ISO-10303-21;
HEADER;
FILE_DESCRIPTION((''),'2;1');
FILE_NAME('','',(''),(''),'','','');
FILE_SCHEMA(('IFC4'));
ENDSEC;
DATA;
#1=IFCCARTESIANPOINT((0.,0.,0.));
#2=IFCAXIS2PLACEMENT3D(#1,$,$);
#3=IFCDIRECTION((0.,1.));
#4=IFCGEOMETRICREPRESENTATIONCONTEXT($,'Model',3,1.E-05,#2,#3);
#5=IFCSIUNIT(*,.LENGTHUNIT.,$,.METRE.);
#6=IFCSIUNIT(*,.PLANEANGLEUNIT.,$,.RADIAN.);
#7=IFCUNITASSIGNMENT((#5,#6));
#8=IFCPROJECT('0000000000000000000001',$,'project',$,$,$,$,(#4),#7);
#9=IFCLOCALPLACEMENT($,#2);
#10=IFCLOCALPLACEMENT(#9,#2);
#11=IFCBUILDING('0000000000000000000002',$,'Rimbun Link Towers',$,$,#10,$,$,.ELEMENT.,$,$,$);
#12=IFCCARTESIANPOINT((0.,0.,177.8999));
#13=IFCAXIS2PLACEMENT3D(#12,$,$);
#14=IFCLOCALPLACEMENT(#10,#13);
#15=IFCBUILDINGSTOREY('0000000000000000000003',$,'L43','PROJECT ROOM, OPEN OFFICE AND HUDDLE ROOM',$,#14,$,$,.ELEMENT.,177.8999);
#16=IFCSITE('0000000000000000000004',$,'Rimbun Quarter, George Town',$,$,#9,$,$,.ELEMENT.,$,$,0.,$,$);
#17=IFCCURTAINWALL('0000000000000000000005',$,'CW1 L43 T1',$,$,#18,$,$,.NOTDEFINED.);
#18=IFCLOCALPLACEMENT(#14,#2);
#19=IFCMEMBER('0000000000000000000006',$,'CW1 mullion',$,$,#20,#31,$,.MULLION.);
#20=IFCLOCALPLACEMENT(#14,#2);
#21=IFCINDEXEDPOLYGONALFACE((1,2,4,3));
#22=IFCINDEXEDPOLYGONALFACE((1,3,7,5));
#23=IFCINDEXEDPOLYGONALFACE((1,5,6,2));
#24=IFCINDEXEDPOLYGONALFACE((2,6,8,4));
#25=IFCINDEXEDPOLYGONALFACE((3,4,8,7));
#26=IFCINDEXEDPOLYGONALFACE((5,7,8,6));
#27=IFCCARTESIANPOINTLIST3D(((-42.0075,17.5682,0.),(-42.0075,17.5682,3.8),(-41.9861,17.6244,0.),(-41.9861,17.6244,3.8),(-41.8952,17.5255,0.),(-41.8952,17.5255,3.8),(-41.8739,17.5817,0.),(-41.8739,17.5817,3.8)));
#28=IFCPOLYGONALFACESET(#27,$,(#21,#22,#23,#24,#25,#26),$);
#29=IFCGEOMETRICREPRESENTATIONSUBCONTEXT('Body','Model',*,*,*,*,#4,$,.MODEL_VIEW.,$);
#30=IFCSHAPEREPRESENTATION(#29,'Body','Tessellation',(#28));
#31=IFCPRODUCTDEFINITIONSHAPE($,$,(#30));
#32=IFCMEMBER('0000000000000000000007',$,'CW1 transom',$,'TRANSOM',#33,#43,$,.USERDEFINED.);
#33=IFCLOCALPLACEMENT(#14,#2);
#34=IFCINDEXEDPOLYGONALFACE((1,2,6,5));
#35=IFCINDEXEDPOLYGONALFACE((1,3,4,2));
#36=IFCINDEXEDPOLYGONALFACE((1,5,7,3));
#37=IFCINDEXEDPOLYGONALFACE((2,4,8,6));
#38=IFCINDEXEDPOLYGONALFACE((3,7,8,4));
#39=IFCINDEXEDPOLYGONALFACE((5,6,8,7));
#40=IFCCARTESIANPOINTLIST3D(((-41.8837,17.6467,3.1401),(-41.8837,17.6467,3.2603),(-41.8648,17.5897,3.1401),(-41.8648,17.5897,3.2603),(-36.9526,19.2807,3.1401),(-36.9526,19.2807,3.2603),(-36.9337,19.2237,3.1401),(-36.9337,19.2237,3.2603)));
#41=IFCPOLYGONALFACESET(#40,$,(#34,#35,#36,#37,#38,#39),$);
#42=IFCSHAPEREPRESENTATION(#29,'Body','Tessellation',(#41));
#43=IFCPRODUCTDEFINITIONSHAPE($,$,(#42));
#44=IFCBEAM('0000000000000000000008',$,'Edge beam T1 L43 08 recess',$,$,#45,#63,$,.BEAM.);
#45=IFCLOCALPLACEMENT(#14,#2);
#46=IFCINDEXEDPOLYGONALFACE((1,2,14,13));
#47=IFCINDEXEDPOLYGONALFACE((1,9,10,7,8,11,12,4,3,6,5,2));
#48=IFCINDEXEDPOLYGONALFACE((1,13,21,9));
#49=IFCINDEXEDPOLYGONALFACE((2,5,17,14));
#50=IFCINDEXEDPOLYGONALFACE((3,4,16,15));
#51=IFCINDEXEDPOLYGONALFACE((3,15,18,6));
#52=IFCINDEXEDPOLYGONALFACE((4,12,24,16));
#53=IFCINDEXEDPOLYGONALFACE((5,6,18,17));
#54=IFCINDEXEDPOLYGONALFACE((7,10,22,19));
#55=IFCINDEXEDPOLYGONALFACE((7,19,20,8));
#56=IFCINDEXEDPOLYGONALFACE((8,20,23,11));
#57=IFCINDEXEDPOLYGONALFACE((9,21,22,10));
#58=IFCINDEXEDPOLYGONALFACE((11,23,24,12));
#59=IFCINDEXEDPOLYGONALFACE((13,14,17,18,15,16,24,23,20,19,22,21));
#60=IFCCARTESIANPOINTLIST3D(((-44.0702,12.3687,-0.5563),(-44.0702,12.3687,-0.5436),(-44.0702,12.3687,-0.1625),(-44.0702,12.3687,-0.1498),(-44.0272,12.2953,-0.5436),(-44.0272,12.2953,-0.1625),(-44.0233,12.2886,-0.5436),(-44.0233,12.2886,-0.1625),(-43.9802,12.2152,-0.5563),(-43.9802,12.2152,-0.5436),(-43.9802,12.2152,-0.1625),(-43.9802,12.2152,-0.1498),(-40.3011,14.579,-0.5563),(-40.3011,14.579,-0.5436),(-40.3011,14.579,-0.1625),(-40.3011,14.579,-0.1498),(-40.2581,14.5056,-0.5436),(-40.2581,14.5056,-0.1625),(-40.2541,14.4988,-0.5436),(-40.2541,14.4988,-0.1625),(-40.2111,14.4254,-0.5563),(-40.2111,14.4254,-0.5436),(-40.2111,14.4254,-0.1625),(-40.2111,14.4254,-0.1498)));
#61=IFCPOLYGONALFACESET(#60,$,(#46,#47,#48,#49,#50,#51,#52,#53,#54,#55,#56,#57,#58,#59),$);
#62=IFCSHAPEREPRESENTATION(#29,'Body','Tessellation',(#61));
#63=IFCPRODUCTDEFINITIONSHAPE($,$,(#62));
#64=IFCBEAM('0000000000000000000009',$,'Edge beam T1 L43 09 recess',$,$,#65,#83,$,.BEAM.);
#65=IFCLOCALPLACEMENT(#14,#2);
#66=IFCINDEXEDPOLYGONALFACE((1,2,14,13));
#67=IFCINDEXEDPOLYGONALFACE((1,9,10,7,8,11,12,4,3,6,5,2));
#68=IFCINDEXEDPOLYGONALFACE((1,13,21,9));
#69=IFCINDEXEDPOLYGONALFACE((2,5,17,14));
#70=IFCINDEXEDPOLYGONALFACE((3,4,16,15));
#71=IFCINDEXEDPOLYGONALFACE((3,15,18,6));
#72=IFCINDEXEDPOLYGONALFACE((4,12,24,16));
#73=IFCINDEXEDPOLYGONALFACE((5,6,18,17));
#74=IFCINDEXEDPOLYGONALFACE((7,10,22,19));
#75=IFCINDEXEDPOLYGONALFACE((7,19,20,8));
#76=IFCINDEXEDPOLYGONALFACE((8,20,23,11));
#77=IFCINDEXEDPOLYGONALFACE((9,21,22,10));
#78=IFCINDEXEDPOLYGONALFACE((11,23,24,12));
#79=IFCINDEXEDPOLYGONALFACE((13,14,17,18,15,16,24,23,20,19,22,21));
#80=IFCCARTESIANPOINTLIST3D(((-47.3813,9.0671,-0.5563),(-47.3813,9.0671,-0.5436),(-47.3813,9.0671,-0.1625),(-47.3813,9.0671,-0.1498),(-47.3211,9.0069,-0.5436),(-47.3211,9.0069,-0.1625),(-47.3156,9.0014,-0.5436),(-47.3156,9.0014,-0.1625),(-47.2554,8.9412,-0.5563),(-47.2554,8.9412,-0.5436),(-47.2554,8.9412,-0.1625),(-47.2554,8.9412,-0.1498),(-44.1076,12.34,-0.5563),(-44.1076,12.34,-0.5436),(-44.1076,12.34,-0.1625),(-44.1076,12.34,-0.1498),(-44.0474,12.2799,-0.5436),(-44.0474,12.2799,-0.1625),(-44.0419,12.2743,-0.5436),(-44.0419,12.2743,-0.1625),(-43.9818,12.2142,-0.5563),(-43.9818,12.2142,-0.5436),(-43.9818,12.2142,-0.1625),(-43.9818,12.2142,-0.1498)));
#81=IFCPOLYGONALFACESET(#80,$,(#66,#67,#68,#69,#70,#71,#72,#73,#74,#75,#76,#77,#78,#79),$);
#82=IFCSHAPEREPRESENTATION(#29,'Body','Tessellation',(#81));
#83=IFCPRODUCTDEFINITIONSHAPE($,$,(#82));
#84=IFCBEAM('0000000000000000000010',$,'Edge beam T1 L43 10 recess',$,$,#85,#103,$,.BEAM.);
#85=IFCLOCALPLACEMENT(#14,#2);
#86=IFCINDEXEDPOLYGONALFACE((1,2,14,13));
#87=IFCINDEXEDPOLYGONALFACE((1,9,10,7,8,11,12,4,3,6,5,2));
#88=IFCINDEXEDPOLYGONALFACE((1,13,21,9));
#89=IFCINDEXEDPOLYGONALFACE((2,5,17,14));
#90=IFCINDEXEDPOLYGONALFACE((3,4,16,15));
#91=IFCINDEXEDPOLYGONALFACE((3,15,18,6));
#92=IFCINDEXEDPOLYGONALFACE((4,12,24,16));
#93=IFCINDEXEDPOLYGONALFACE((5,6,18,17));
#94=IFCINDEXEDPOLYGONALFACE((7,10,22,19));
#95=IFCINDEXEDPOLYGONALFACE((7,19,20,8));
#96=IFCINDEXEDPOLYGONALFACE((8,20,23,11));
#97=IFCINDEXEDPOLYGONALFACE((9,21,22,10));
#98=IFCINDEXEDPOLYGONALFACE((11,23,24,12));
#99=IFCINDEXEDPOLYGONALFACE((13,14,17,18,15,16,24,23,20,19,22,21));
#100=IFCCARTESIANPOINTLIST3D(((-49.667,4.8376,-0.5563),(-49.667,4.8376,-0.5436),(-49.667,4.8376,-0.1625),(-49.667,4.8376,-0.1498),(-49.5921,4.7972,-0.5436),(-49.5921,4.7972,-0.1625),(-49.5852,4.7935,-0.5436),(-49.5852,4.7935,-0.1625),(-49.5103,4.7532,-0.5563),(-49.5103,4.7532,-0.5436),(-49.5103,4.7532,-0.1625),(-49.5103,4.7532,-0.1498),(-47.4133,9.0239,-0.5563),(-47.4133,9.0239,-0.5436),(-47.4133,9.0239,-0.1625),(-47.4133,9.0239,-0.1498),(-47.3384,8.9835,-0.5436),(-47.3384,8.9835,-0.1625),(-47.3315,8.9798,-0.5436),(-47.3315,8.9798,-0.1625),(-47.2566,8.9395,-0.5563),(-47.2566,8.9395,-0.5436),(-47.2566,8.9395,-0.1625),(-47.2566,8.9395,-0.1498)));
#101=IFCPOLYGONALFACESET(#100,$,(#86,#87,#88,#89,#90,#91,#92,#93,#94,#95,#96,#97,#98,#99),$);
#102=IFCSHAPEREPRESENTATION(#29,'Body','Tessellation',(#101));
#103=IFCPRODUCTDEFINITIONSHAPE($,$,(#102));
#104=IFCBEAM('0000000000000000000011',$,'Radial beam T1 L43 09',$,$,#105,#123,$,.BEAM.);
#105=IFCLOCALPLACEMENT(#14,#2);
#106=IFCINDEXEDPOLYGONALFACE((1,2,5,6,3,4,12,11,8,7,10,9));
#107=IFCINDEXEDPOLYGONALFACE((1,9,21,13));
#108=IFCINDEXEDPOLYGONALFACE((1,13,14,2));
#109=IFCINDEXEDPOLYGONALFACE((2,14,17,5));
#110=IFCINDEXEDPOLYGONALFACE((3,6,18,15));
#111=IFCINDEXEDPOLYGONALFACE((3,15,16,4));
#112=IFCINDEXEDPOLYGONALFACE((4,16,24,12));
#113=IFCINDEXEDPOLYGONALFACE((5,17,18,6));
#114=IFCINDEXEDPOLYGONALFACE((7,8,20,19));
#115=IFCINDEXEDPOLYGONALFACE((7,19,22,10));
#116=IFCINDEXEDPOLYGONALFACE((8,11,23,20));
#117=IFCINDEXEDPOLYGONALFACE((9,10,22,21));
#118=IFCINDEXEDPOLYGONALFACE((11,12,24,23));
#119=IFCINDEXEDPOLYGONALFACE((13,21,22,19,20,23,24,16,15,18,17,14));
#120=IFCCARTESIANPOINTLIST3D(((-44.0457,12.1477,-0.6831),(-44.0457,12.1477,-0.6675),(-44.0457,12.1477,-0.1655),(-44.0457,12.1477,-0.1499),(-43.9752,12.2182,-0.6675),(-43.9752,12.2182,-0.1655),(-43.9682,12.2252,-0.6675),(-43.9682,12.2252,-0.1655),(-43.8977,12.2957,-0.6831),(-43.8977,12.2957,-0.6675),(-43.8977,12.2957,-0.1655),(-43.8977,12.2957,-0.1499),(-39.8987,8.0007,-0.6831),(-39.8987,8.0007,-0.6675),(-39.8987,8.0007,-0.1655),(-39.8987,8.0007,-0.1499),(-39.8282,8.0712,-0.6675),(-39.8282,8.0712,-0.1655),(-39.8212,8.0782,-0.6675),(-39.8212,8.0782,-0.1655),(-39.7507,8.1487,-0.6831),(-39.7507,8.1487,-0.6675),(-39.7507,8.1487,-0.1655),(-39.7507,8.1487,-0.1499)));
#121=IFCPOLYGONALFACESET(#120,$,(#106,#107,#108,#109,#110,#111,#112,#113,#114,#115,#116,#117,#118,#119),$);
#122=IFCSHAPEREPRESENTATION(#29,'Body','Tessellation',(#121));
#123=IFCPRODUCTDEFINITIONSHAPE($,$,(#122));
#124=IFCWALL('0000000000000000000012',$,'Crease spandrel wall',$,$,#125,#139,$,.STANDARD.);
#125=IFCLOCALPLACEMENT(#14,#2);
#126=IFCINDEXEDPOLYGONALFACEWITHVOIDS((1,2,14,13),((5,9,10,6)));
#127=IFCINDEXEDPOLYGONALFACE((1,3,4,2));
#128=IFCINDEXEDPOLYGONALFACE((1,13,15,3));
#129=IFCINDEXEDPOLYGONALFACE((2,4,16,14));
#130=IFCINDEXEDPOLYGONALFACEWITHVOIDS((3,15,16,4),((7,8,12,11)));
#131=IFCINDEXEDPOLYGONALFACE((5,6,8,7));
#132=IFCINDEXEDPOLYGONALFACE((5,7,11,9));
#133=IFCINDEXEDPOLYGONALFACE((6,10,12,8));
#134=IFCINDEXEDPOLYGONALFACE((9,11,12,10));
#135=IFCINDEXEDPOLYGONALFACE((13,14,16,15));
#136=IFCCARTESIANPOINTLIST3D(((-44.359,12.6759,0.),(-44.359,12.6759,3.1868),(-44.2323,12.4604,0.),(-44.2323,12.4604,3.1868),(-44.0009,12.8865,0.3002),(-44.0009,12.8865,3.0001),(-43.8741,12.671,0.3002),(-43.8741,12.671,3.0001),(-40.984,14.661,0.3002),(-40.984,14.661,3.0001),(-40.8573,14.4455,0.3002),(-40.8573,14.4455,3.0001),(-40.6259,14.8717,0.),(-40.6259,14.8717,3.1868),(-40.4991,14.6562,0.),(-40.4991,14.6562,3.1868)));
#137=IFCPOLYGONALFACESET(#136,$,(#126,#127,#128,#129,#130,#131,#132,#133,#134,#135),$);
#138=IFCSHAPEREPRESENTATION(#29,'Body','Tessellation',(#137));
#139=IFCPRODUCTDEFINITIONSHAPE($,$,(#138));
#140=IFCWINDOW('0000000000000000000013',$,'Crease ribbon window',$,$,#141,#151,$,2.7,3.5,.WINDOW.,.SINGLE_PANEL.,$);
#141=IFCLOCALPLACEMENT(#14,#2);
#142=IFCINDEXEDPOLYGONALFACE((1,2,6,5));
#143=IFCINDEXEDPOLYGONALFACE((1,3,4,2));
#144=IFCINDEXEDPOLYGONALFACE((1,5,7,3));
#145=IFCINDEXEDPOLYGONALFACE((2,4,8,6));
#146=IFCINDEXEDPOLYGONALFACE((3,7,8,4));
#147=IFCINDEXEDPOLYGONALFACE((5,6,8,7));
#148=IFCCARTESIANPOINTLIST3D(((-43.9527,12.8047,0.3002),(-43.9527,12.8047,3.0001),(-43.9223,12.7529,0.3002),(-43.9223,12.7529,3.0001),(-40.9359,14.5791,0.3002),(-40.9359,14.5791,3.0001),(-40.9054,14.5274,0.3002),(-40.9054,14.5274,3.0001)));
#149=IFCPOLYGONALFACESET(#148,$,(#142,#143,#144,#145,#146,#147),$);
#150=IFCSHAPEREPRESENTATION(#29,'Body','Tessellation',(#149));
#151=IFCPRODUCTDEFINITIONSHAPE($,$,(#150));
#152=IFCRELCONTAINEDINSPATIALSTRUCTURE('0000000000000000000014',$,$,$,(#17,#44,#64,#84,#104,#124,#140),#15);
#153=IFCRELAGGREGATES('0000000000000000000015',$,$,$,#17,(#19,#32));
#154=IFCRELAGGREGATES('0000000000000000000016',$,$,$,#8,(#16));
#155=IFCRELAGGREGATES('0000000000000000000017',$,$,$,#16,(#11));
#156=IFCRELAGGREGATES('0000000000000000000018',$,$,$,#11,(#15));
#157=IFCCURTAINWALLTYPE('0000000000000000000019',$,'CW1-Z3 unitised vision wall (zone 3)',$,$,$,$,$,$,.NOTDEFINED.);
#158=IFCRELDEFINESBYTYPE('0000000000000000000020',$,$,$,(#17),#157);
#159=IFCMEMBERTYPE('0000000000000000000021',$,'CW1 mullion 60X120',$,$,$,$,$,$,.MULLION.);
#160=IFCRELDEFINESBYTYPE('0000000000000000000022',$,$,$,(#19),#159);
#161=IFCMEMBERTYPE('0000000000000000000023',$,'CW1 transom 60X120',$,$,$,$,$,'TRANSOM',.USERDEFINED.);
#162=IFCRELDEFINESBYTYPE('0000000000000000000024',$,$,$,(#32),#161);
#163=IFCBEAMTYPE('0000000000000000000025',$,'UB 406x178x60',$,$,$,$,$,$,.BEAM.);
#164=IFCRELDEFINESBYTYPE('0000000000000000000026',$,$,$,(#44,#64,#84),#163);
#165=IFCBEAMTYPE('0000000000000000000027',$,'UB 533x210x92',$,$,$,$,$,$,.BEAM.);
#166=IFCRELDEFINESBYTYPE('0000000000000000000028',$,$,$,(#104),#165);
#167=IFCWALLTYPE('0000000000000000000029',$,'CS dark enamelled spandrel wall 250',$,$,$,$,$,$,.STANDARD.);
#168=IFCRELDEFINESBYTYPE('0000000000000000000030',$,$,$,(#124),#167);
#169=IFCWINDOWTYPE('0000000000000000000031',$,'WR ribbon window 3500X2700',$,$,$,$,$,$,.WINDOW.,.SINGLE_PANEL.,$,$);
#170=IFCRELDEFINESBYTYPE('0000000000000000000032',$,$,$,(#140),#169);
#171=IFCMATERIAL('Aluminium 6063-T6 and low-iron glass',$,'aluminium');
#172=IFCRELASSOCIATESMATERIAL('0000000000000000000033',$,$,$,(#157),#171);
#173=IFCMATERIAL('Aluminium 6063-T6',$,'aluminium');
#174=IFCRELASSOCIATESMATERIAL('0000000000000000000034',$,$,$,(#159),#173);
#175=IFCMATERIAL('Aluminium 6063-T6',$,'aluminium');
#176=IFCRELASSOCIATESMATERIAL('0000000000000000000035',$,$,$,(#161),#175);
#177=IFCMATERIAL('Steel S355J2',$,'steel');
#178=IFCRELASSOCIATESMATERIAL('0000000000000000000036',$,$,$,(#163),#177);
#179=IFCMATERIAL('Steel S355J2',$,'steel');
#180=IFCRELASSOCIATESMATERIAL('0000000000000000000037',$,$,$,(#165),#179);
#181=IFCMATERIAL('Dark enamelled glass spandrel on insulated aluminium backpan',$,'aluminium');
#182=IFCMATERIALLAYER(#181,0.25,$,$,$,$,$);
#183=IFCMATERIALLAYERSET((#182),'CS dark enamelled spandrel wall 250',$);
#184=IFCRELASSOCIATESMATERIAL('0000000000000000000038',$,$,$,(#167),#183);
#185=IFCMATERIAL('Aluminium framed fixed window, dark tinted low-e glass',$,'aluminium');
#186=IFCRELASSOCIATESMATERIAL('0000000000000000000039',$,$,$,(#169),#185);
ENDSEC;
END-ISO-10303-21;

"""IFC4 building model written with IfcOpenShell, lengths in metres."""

from ifc_helpers import new_model, si_unit, direction, frame, frame_2d, origin, origin_2d, place, context, subcontext, project, spatial, rectangle, i_section, extrude, material, layer, layer_set, material_profile, profile_set, type_object, element, fill, aggregate, save


model = new_model("IFC4")

# Units and contexts
model_context = context("Model", 3, precision=1e-05, world=origin(), true_north=direction((0.0, 1.0)))
body_context = subcontext(model_context, "Body", "Model", "MODEL_VIEW")
ifc_project = project(units=[si_unit("LENGTHUNIT", "METRE"), si_unit("PLANEANGLEUNIT", "RADIAN")], contexts=[model_context])

# Site, building, storey
site_placement = place(None, origin())
site = spatial("IfcSite", under=ifc_project, at=site_placement, Name="Rimbun Quarter, George Town", CompositionType="ELEMENT", RefElevation=0.0)
building_placement = place(site_placement, origin())
building = spatial("IfcBuilding", under=site, at=building_placement, Name="Rimbun Link Towers", CompositionType="ELEMENT")
storey_placement = place(building_placement, frame((0.0, 0.0, 177.8999)))
storey = spatial("IfcBuildingStorey", under=building, at=storey_placement, Name="L43", Description="PROJECT ROOM, OPEN OFFICE AND HUDDLE ROOM", CompositionType="ELEMENT", Elevation=177.8999)

# Curtain wall, members
ifc_material_1 = material(Name="Aluminium 6063-T6 and low-iron glass", Category="aluminium")
curtain_wall_type = type_object("IfcCurtainWallType", Name="CW1-Z3 unitised vision wall (zone 3)", PredefinedType="NOTDEFINED", material=ifc_material_1)
curtain_wall_placement = place(storey_placement, origin())
curtain_wall = element("IfcCurtainWall", 1, at=curtain_wall_placement, inside=storey, type_object=curtain_wall_type, Name="CW1 L43 T1", PredefinedType="NOTDEFINED")
ifc_material_2 = material(Name="Aluminium 6063-T6", Category="aluminium")
ifc_material_profile_1 = material_profile(ifc_material_2, rectangle(XDim=0.1201, YDim=0.0601, at=origin_2d()), Name="MULLION 60X120")
ifc_profile_set_1 = profile_set([ifc_material_profile_1], Name="Aluminium 6063-T6")
member_type_1 = type_object("IfcMemberType", Name="CW1 mullion 60X120", PredefinedType="MULLION", material=ifc_profile_set_1)
member_1_placement = place(storey_placement, frame((-41.9407, 17.575, 0.0), z_axis=(0.0, 0.0, 1.0), x_axis=(-0.934621, 0.355644, 0.0)))
member_1 = element("IfcMember", 2, at=member_1_placement, type_object=member_type_1, Name="CW1 mullion", PredefinedType="MULLION", context=body_context, shape_type="SweptSolid", body=[
    extrude(rectangle(XDim=0.1201, YDim=0.0601, at=origin_2d()), origin(), (0.0, 0.0, 1.0), 3.8),
])
ifc_material_3 = material(Name="Aluminium 6063-T6", Category="aluminium")
ifc_material_profile_2 = material_profile(ifc_material_3, rectangle(XDim=0.0601, YDim=0.1201, at=origin_2d()), Name="TRANSOM 60X120")
ifc_profile_set_2 = profile_set([ifc_material_profile_2], Name="Aluminium 6063-T6")
member_type_2 = type_object("IfcMemberType", Name="CW1 transom 60X120", ElementType="TRANSOM", PredefinedType="USERDEFINED", material=ifc_profile_set_2)
member_2_placement = place(storey_placement, frame((-41.8743, 17.6182, 3.2002), z_axis=(0.949241, 0.314549, 0.0), x_axis=(-0.314549, 0.949241, 0.0)))
member_2 = element("IfcMember", 3, at=member_2_placement, type_object=member_type_2, Name="CW1 transom", ObjectType="TRANSOM", PredefinedType="USERDEFINED", context=body_context, shape_type="SweptSolid", body=[
    extrude(rectangle(XDim=0.0601, YDim=0.1201, at=origin_2d()), origin(), (0.0, 0.0, 1.0), 5.1948),
])
aggregate(curtain_wall, [member_1, member_2])

# Beams
ifc_material_4 = material(Name="Steel S355J2", Category="steel")
ifc_material_profile_3 = material_profile(ifc_material_4, i_section(OverallWidth=0.178, OverallDepth=0.4065, WebThickness=0.0078, FlangeThickness=0.0127, at=origin_2d()), Name="UB 406x178x60")
ifc_profile_set_3 = profile_set([ifc_material_profile_3], Name="Steel S355J2")
beam_type_1 = type_object("IfcBeamType", Name="UB 406x178x60", PredefinedType="BEAM", material=ifc_profile_set_3)
beam_1_placement = place(storey_placement, frame((-40.2561, 14.5022, -0.353), z_axis=(-0.862621, -0.50585, 0.0), x_axis=(0.50585, -0.862621, 0.0)))
element("IfcBeam", 4, at=beam_1_placement, inside=storey, type_object=beam_type_1, Name="Edge beam T1 L43 08 recess", PredefinedType="BEAM", context=body_context, shape_type="SweptSolid", body=[
    extrude(i_section(OverallWidth=0.178, OverallDepth=0.4065, WebThickness=0.0078, FlangeThickness=0.0127, at=origin_2d()), origin(), (0.0, 0.0, 1.0), 4.3694),
])
beam_2_placement = place(storey_placement, frame((-44.0447, 12.2771, -0.353), z_axis=(-0.707186, -0.707028, 0.0), x_axis=(0.707028, -0.707186, 0.0)))
element("IfcBeam", 5, at=beam_2_placement, inside=storey, type_object=beam_type_1, Name="Edge beam T1 L43 09 recess", PredefinedType="BEAM", context=body_context, shape_type="SweptSolid", body=[
    extrude(i_section(OverallWidth=0.178, OverallDepth=0.4065, WebThickness=0.0078, FlangeThickness=0.0127, at=origin_2d()), origin(), (0.0, 0.0, 1.0), 4.6292),
])
beam_3_placement = place(storey_placement, frame((-47.335, 8.9817, -0.353), z_axis=(-0.47402, -0.880514, 0.0), x_axis=(0.880514, -0.47402, 0.0)))
element("IfcBeam", 6, at=beam_3_placement, inside=storey, type_object=beam_type_1, Name="Edge beam T1 L43 10 recess", PredefinedType="BEAM", context=body_context, shape_type="SweptSolid", body=[
    extrude(i_section(OverallWidth=0.178, OverallDepth=0.4065, WebThickness=0.0078, FlangeThickness=0.0127, at=origin_2d()), origin(), (0.0, 0.0, 1.0), 4.7544),
])
ifc_material_5 = material(Name="Steel S355J2", Category="steel")
ifc_material_profile_4 = material_profile(ifc_material_5, i_section(OverallWidth=0.2092, OverallDepth=0.5332, WebThickness=0.01, FlangeThickness=0.0156, at=origin_2d()), Name="UB 533x210x92")
ifc_profile_set_4 = profile_set([ifc_material_profile_4], Name="Steel S355J2")
beam_type_2 = type_object("IfcBeamType", Name="UB 533x210x92", PredefinedType="BEAM", material=ifc_profile_set_4)
beam_4_placement = place(storey_placement, frame((-39.8247, 8.0747, -0.4165), z_axis=(-0.707107, 0.707107, 0.0), x_axis=(-0.707107, -0.707107, 0.0)))
element("IfcBeam", 7, at=beam_4_placement, inside=storey, type_object=beam_type_2, Name="Radial beam T1 L43 09", PredefinedType="BEAM", context=body_context, shape_type="SweptSolid", body=[
    extrude(i_section(OverallWidth=0.2092, OverallDepth=0.5332, WebThickness=0.01, FlangeThickness=0.0156, at=origin_2d()), origin(), (0.0, 0.0, 1.0), 5.8647),
])

# Wall, opening, window
ifc_material_6 = material(Name="Dark enamelled glass spandrel on insulated aluminium backpan", Category="aluminium")
ifc_layer_1 = layer(ifc_material_6, 0.25)
ifc_layer_set_1 = layer_set([ifc_layer_1], Name="CS dark enamelled spandrel wall 250")
wall_type_1 = type_object("IfcWallType", Name="CS dark enamelled spandrel wall 250", PredefinedType="STANDARD", material=ifc_layer_set_1)
wall_1_placement = place(storey_placement, frame((-44.2957, 12.5681, 0.0), z_axis=(0.0, 0.0, 1.0), x_axis=(0.861952, 0.506991, 0.0)))
wall_1 = element("IfcWall", 8, at=wall_1_placement, inside=storey, type_object=wall_type_1, Name="Crease spandrel wall", PredefinedType="STANDARD", context=body_context, shape_type="SweptSolid", body=[
    extrude(rectangle(XDim=4.3311, YDim=0.25, at=frame_2d((2.1655, 0.0))), origin(), (0.0, 0.0, 1.0), 3.1868),
])
opening_1_placement = place(wall_1_placement, frame((0.4155, 0.0, 0.3)))
opening_1 = element("IfcOpeningElement", 9, at=opening_1_placement, cuts=wall_1, PredefinedType="OPENING", context=body_context, shape_type="SweptSolid", body=[
    extrude(rectangle(XDim=3.5, YDim=2.7, at=frame_2d((1.75, 1.3501))), frame((0.0, 0.135, 0.0), z_axis=(0.0, -1.0, 0.0), x_axis=(1.0, 0.0, 0.0)), (0.0, 0.0, 1.0), 0.27),
])
ifc_material_7 = material(Name="Aluminium framed fixed window, dark tinted low-e glass", Category="aluminium")
window_type_1 = type_object("IfcWindowType", Name="WR ribbon window 3500X2700", PartitioningType="SINGLE_PANEL", PredefinedType="WINDOW", material=ifc_material_7)
window_1_placement = place(opening_1_placement, origin())
window_1 = element("IfcWindow", 10, at=window_1_placement, inside=storey, type_object=window_type_1, Name="Crease ribbon window", OverallHeight=2.7, OverallWidth=3.5, PartitioningType="SINGLE_PANEL", PredefinedType="WINDOW", context=body_context, shape_type="SweptSolid", body=[
    extrude(rectangle(XDim=3.5, YDim=2.7, at=frame_2d((1.75, 1.3501))), frame((0.0, 0.03, 0.0), z_axis=(0.0, -1.0, 0.0), x_axis=(1.0, 0.0, 0.0)), (0.0, 0.0, 1.0), 0.0601),
])
fill(opening_1, window_1)

save(model, "model.ifc")
